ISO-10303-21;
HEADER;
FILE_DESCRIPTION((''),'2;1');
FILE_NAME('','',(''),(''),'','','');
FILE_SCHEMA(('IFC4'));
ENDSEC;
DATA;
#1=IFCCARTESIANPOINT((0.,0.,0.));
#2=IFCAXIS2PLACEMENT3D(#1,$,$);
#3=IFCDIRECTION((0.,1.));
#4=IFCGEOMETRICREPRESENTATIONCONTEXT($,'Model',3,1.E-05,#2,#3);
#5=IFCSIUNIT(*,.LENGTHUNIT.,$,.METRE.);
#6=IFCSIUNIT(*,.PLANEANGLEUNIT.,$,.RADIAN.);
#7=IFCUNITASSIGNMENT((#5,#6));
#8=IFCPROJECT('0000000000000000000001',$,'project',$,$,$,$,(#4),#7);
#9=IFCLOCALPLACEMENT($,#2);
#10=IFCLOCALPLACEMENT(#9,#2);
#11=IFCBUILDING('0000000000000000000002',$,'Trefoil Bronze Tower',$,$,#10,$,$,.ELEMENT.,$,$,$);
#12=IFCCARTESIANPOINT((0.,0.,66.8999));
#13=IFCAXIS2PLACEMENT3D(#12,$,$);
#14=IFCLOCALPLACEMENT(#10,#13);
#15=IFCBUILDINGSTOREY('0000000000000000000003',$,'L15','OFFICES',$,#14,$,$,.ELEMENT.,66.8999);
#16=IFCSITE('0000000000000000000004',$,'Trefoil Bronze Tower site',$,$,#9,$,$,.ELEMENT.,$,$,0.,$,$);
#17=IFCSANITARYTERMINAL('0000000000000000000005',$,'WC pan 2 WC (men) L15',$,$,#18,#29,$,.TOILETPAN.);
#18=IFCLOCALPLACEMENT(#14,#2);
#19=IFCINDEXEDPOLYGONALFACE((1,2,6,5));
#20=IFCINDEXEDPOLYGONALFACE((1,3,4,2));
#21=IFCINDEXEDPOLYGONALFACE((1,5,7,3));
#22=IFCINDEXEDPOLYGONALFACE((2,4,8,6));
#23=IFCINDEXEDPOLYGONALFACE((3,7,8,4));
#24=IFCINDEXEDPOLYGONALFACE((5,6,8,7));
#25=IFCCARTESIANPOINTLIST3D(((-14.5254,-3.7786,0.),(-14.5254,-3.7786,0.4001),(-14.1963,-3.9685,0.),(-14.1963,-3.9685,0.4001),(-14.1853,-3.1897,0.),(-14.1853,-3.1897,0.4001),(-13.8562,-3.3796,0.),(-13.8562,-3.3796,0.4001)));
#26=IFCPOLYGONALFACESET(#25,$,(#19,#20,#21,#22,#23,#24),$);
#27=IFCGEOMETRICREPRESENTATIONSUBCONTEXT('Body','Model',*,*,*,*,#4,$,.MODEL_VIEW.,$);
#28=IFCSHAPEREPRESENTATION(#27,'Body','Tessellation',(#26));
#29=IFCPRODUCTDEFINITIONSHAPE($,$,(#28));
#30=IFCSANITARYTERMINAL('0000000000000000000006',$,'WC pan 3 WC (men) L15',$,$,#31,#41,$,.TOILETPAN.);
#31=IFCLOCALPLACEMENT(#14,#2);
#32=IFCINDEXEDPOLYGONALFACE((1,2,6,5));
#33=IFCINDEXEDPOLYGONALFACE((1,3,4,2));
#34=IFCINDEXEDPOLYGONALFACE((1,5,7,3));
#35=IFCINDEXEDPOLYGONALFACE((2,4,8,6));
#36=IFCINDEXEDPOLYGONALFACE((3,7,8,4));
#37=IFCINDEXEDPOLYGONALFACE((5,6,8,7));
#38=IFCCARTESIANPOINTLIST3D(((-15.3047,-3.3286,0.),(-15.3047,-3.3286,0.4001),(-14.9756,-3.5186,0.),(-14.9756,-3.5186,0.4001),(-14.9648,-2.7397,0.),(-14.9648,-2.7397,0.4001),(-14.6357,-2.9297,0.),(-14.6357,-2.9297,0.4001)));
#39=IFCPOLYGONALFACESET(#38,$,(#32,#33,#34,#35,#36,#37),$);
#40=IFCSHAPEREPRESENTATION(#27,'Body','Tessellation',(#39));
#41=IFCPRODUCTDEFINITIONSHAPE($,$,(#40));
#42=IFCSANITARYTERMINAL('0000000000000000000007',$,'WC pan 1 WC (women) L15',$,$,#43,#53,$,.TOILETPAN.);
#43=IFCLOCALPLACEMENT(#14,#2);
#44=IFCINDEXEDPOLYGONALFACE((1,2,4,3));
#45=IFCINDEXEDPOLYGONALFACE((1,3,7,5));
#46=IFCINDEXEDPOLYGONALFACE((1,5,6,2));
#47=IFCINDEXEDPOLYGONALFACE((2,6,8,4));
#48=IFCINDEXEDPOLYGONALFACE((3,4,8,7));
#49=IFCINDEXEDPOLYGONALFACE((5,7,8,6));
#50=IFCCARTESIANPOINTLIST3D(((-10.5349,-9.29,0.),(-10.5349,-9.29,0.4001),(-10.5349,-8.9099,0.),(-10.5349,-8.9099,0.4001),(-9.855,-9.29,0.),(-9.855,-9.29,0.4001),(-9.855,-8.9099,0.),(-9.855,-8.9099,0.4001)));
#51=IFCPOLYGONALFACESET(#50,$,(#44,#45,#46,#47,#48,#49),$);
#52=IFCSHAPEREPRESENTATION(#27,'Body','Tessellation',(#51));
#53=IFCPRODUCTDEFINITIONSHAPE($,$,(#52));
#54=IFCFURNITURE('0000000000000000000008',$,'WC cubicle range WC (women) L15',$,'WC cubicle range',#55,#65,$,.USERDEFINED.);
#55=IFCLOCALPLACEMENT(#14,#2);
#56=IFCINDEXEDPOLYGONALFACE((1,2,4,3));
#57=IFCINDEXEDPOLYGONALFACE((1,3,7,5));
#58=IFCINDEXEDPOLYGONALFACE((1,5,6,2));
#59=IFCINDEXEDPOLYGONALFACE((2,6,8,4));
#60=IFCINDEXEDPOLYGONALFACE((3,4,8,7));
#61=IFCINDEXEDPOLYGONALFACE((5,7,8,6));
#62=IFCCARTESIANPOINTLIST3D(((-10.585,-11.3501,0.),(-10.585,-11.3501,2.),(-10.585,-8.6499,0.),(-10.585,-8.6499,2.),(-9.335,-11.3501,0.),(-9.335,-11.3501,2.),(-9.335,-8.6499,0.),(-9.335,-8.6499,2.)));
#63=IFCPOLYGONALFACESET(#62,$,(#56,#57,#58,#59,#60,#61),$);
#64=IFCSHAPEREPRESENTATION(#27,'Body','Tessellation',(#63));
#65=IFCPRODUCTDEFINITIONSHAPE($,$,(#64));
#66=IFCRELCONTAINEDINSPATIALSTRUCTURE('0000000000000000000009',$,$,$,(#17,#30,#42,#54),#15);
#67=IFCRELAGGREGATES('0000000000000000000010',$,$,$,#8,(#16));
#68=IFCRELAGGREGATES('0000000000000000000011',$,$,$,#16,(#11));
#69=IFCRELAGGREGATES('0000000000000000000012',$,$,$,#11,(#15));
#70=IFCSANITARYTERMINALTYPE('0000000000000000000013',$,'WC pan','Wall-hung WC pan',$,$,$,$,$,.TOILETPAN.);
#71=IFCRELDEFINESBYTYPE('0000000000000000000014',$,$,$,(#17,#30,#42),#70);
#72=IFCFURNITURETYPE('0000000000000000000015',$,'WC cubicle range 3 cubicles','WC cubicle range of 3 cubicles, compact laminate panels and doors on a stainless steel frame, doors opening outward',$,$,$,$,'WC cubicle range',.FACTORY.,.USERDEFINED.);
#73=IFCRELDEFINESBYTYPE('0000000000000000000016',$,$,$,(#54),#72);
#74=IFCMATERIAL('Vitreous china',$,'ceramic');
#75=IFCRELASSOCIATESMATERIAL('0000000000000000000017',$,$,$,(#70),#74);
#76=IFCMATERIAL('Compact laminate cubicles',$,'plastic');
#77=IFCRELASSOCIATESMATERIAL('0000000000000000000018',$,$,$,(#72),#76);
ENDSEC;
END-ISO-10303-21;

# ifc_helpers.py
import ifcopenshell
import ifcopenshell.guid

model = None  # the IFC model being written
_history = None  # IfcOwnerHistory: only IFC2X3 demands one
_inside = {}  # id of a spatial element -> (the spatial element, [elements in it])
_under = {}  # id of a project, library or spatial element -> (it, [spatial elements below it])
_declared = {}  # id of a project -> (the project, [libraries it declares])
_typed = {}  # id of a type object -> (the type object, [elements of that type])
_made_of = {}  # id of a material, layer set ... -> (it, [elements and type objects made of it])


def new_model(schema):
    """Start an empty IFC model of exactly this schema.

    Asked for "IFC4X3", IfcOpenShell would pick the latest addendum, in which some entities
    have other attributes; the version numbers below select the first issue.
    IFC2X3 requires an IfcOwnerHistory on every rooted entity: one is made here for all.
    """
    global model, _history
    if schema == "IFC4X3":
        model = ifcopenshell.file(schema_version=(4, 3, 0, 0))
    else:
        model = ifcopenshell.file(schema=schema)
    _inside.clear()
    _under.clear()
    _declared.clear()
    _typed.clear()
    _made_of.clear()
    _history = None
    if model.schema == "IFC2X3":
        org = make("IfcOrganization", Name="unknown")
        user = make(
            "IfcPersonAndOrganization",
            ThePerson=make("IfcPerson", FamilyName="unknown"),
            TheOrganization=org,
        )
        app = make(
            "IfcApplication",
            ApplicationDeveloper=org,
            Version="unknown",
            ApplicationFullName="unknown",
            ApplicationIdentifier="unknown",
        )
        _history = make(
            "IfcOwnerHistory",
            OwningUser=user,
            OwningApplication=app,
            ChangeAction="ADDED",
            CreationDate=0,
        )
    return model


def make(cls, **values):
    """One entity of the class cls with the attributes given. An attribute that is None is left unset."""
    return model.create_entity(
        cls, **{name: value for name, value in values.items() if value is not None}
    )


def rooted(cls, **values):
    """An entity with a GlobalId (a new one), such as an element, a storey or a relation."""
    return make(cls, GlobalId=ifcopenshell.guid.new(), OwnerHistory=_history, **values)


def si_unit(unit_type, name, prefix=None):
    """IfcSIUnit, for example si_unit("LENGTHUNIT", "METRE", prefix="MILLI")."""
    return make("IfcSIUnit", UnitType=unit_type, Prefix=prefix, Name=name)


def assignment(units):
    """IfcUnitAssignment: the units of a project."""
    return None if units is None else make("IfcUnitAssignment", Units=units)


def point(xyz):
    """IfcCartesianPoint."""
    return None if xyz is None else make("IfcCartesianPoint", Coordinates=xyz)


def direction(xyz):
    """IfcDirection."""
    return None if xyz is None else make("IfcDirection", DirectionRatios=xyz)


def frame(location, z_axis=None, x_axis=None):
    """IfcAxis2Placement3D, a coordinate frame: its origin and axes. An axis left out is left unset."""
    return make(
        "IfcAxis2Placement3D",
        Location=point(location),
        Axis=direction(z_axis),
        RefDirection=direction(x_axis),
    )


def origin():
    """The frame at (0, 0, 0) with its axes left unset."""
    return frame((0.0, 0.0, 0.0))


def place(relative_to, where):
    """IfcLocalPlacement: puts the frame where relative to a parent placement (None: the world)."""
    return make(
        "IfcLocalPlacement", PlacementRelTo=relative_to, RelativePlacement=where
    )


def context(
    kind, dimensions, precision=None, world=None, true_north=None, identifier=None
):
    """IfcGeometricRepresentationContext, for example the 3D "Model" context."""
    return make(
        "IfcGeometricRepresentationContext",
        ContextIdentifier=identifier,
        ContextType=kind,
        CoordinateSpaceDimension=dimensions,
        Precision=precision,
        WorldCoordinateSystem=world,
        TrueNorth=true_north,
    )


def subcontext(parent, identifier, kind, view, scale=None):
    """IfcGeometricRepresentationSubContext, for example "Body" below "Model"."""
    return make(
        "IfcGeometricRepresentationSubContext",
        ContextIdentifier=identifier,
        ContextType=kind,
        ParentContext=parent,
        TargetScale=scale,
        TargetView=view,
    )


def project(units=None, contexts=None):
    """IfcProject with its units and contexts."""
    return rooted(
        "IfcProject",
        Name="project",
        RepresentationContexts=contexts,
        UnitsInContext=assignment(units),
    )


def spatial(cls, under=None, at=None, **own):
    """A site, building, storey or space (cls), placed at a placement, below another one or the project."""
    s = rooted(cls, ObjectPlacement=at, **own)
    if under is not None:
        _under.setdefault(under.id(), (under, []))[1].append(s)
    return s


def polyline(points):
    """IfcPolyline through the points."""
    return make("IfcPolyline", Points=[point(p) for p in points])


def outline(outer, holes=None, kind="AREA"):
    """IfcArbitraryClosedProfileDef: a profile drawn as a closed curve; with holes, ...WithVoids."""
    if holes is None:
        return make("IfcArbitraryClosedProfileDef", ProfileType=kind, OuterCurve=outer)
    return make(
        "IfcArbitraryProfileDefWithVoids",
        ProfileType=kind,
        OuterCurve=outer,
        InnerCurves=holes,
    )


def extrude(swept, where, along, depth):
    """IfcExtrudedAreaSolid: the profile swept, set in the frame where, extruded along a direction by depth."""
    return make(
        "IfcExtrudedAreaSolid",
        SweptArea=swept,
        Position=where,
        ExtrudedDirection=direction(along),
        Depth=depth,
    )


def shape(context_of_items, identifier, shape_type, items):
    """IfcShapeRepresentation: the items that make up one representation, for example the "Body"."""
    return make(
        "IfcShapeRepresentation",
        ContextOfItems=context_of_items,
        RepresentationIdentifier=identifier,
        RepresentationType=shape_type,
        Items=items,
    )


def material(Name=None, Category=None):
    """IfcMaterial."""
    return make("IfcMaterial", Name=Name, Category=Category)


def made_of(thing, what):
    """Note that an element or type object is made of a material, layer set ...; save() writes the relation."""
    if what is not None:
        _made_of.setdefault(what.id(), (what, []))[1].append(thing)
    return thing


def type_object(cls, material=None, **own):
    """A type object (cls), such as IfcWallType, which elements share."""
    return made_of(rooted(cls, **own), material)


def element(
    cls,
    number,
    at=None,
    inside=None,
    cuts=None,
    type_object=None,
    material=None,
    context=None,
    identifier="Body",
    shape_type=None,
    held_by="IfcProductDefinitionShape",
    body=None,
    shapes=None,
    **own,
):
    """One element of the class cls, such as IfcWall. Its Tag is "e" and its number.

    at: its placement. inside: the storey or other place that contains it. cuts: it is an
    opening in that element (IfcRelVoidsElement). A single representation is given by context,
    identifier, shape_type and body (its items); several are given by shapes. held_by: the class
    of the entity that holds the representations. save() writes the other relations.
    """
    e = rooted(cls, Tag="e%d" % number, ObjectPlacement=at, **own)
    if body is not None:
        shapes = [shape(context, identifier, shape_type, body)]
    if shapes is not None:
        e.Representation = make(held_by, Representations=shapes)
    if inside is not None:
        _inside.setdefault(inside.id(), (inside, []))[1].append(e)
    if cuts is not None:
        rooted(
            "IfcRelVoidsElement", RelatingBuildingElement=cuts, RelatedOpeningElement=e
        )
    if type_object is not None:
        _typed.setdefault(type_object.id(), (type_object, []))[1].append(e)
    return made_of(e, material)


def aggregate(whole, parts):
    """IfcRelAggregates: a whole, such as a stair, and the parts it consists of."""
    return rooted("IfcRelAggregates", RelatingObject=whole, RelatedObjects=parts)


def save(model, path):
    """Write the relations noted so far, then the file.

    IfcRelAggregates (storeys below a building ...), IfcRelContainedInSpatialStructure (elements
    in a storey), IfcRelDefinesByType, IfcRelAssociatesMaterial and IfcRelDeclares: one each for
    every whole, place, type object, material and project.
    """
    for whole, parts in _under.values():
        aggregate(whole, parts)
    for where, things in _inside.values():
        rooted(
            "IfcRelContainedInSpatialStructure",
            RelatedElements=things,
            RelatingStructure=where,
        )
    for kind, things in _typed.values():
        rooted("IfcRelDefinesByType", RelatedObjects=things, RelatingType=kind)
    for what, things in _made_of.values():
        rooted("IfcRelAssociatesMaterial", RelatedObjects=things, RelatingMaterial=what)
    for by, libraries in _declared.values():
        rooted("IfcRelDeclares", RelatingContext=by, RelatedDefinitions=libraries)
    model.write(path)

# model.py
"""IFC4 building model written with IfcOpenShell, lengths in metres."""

from ifc_helpers import new_model, si_unit, direction, frame, origin, place, context, subcontext, project, spatial, polyline, outline, extrude, material, type_object, element, save


model = new_model("IFC4")

# Units and contexts
model_context = context("Model", 3, precision=1e-05, world=origin(), true_north=direction((0.0, 1.0)))
body_context = subcontext(model_context, "Body", "Model", "MODEL_VIEW")
ifc_project = project(units=[si_unit("LENGTHUNIT", "METRE"), si_unit("PLANEANGLEUNIT", "RADIAN")], contexts=[model_context])

# Site, building, storey
site_placement = place(None, origin())
site = spatial("IfcSite", under=ifc_project, at=site_placement, Name="Trefoil Bronze Tower site", CompositionType="ELEMENT", RefElevation=0.0)
building_placement = place(site_placement, origin())
building = spatial("IfcBuilding", under=site, at=building_placement, Name="Trefoil Bronze Tower", CompositionType="ELEMENT")
storey_placement = place(building_placement, frame((0.0, 0.0, 66.8999)))
storey = spatial("IfcBuildingStorey", under=building, at=storey_placement, Name="L15", Description="OFFICES", CompositionType="ELEMENT", Elevation=66.8999)

# Sanitary terminals
ifc_material_1 = material(Name="Vitreous china", Category="ceramic")
sanitary_terminal_type_1 = type_object("IfcSanitaryTerminalType", Name="WC pan", Description="Wall-hung WC pan", PredefinedType="TOILETPAN", material=ifc_material_1)
sanitary_terminal_1_placement = place(storey_placement, origin())
element("IfcSanitaryTerminal", 1, at=sanitary_terminal_1_placement, inside=storey, type_object=sanitary_terminal_type_1, Name="WC pan 2 WC (men) L15", PredefinedType="TOILETPAN", context=body_context, shape_type="SweptSolid", body=[
    extrude(outline(polyline([(-13.8562, -3.3796), (-14.1963, -3.9685), (-14.5254, -3.7786), (-14.1853, -3.1897), (-13.8562, -3.3796)])), origin(), (0.0, 0.0, 1.0), 0.4001),
])
sanitary_terminal_2_placement = place(storey_placement, origin())
element("IfcSanitaryTerminal", 2, at=sanitary_terminal_2_placement, inside=storey, type_object=sanitary_terminal_type_1, Name="WC pan 3 WC (men) L15", PredefinedType="TOILETPAN", context=body_context, shape_type="SweptSolid", body=[
    extrude(outline(polyline([(-14.6357, -2.9297), (-14.9756, -3.5186), (-15.3047, -3.3286), (-14.9648, -2.7397), (-14.6357, -2.9297)])), origin(), (0.0, 0.0, 1.0), 0.4001),
])
sanitary_terminal_3_placement = place(storey_placement, origin())
element("IfcSanitaryTerminal", 3, at=sanitary_terminal_3_placement, inside=storey, type_object=sanitary_terminal_type_1, Name="WC pan 1 WC (women) L15", PredefinedType="TOILETPAN", context=body_context, shape_type="SweptSolid", body=[
    extrude(outline(polyline([(-9.855, -8.9099), (-10.5349, -8.9099), (-10.5349, -9.29), (-9.855, -9.29), (-9.855, -8.9099)])), origin(), (0.0, 0.0, 1.0), 0.4001),
])

# Furniture
ifc_material_2 = material(Name="Compact laminate cubicles", Category="plastic")
furniture_type = type_object("IfcFurnitureType", Name="WC cubicle range 3 cubicles", Description="WC cubicle range of 3 cubicles, compact laminate panels and doors on a stainless steel frame, doors opening outward", ElementType="WC cubicle range", AssemblyPlace="FACTORY", PredefinedType="USERDEFINED", material=ifc_material_2)
furniture_placement = place(storey_placement, origin())
element("IfcFurniture", 4, at=furniture_placement, inside=storey, type_object=furniture_type, Name="WC cubicle range WC (women) L15", ObjectType="WC cubicle range", PredefinedType="USERDEFINED", context=body_context, shape_type="SweptSolid", body=[
    extrude(outline(polyline([(-9.335, -8.6499), (-10.585, -8.6499), (-10.585, -11.3501), (-9.335, -11.3501), (-9.335, -8.6499)])), origin(), (0.0, 0.0, 1.0), 2.0),
])

save(model, "model.ifc")
